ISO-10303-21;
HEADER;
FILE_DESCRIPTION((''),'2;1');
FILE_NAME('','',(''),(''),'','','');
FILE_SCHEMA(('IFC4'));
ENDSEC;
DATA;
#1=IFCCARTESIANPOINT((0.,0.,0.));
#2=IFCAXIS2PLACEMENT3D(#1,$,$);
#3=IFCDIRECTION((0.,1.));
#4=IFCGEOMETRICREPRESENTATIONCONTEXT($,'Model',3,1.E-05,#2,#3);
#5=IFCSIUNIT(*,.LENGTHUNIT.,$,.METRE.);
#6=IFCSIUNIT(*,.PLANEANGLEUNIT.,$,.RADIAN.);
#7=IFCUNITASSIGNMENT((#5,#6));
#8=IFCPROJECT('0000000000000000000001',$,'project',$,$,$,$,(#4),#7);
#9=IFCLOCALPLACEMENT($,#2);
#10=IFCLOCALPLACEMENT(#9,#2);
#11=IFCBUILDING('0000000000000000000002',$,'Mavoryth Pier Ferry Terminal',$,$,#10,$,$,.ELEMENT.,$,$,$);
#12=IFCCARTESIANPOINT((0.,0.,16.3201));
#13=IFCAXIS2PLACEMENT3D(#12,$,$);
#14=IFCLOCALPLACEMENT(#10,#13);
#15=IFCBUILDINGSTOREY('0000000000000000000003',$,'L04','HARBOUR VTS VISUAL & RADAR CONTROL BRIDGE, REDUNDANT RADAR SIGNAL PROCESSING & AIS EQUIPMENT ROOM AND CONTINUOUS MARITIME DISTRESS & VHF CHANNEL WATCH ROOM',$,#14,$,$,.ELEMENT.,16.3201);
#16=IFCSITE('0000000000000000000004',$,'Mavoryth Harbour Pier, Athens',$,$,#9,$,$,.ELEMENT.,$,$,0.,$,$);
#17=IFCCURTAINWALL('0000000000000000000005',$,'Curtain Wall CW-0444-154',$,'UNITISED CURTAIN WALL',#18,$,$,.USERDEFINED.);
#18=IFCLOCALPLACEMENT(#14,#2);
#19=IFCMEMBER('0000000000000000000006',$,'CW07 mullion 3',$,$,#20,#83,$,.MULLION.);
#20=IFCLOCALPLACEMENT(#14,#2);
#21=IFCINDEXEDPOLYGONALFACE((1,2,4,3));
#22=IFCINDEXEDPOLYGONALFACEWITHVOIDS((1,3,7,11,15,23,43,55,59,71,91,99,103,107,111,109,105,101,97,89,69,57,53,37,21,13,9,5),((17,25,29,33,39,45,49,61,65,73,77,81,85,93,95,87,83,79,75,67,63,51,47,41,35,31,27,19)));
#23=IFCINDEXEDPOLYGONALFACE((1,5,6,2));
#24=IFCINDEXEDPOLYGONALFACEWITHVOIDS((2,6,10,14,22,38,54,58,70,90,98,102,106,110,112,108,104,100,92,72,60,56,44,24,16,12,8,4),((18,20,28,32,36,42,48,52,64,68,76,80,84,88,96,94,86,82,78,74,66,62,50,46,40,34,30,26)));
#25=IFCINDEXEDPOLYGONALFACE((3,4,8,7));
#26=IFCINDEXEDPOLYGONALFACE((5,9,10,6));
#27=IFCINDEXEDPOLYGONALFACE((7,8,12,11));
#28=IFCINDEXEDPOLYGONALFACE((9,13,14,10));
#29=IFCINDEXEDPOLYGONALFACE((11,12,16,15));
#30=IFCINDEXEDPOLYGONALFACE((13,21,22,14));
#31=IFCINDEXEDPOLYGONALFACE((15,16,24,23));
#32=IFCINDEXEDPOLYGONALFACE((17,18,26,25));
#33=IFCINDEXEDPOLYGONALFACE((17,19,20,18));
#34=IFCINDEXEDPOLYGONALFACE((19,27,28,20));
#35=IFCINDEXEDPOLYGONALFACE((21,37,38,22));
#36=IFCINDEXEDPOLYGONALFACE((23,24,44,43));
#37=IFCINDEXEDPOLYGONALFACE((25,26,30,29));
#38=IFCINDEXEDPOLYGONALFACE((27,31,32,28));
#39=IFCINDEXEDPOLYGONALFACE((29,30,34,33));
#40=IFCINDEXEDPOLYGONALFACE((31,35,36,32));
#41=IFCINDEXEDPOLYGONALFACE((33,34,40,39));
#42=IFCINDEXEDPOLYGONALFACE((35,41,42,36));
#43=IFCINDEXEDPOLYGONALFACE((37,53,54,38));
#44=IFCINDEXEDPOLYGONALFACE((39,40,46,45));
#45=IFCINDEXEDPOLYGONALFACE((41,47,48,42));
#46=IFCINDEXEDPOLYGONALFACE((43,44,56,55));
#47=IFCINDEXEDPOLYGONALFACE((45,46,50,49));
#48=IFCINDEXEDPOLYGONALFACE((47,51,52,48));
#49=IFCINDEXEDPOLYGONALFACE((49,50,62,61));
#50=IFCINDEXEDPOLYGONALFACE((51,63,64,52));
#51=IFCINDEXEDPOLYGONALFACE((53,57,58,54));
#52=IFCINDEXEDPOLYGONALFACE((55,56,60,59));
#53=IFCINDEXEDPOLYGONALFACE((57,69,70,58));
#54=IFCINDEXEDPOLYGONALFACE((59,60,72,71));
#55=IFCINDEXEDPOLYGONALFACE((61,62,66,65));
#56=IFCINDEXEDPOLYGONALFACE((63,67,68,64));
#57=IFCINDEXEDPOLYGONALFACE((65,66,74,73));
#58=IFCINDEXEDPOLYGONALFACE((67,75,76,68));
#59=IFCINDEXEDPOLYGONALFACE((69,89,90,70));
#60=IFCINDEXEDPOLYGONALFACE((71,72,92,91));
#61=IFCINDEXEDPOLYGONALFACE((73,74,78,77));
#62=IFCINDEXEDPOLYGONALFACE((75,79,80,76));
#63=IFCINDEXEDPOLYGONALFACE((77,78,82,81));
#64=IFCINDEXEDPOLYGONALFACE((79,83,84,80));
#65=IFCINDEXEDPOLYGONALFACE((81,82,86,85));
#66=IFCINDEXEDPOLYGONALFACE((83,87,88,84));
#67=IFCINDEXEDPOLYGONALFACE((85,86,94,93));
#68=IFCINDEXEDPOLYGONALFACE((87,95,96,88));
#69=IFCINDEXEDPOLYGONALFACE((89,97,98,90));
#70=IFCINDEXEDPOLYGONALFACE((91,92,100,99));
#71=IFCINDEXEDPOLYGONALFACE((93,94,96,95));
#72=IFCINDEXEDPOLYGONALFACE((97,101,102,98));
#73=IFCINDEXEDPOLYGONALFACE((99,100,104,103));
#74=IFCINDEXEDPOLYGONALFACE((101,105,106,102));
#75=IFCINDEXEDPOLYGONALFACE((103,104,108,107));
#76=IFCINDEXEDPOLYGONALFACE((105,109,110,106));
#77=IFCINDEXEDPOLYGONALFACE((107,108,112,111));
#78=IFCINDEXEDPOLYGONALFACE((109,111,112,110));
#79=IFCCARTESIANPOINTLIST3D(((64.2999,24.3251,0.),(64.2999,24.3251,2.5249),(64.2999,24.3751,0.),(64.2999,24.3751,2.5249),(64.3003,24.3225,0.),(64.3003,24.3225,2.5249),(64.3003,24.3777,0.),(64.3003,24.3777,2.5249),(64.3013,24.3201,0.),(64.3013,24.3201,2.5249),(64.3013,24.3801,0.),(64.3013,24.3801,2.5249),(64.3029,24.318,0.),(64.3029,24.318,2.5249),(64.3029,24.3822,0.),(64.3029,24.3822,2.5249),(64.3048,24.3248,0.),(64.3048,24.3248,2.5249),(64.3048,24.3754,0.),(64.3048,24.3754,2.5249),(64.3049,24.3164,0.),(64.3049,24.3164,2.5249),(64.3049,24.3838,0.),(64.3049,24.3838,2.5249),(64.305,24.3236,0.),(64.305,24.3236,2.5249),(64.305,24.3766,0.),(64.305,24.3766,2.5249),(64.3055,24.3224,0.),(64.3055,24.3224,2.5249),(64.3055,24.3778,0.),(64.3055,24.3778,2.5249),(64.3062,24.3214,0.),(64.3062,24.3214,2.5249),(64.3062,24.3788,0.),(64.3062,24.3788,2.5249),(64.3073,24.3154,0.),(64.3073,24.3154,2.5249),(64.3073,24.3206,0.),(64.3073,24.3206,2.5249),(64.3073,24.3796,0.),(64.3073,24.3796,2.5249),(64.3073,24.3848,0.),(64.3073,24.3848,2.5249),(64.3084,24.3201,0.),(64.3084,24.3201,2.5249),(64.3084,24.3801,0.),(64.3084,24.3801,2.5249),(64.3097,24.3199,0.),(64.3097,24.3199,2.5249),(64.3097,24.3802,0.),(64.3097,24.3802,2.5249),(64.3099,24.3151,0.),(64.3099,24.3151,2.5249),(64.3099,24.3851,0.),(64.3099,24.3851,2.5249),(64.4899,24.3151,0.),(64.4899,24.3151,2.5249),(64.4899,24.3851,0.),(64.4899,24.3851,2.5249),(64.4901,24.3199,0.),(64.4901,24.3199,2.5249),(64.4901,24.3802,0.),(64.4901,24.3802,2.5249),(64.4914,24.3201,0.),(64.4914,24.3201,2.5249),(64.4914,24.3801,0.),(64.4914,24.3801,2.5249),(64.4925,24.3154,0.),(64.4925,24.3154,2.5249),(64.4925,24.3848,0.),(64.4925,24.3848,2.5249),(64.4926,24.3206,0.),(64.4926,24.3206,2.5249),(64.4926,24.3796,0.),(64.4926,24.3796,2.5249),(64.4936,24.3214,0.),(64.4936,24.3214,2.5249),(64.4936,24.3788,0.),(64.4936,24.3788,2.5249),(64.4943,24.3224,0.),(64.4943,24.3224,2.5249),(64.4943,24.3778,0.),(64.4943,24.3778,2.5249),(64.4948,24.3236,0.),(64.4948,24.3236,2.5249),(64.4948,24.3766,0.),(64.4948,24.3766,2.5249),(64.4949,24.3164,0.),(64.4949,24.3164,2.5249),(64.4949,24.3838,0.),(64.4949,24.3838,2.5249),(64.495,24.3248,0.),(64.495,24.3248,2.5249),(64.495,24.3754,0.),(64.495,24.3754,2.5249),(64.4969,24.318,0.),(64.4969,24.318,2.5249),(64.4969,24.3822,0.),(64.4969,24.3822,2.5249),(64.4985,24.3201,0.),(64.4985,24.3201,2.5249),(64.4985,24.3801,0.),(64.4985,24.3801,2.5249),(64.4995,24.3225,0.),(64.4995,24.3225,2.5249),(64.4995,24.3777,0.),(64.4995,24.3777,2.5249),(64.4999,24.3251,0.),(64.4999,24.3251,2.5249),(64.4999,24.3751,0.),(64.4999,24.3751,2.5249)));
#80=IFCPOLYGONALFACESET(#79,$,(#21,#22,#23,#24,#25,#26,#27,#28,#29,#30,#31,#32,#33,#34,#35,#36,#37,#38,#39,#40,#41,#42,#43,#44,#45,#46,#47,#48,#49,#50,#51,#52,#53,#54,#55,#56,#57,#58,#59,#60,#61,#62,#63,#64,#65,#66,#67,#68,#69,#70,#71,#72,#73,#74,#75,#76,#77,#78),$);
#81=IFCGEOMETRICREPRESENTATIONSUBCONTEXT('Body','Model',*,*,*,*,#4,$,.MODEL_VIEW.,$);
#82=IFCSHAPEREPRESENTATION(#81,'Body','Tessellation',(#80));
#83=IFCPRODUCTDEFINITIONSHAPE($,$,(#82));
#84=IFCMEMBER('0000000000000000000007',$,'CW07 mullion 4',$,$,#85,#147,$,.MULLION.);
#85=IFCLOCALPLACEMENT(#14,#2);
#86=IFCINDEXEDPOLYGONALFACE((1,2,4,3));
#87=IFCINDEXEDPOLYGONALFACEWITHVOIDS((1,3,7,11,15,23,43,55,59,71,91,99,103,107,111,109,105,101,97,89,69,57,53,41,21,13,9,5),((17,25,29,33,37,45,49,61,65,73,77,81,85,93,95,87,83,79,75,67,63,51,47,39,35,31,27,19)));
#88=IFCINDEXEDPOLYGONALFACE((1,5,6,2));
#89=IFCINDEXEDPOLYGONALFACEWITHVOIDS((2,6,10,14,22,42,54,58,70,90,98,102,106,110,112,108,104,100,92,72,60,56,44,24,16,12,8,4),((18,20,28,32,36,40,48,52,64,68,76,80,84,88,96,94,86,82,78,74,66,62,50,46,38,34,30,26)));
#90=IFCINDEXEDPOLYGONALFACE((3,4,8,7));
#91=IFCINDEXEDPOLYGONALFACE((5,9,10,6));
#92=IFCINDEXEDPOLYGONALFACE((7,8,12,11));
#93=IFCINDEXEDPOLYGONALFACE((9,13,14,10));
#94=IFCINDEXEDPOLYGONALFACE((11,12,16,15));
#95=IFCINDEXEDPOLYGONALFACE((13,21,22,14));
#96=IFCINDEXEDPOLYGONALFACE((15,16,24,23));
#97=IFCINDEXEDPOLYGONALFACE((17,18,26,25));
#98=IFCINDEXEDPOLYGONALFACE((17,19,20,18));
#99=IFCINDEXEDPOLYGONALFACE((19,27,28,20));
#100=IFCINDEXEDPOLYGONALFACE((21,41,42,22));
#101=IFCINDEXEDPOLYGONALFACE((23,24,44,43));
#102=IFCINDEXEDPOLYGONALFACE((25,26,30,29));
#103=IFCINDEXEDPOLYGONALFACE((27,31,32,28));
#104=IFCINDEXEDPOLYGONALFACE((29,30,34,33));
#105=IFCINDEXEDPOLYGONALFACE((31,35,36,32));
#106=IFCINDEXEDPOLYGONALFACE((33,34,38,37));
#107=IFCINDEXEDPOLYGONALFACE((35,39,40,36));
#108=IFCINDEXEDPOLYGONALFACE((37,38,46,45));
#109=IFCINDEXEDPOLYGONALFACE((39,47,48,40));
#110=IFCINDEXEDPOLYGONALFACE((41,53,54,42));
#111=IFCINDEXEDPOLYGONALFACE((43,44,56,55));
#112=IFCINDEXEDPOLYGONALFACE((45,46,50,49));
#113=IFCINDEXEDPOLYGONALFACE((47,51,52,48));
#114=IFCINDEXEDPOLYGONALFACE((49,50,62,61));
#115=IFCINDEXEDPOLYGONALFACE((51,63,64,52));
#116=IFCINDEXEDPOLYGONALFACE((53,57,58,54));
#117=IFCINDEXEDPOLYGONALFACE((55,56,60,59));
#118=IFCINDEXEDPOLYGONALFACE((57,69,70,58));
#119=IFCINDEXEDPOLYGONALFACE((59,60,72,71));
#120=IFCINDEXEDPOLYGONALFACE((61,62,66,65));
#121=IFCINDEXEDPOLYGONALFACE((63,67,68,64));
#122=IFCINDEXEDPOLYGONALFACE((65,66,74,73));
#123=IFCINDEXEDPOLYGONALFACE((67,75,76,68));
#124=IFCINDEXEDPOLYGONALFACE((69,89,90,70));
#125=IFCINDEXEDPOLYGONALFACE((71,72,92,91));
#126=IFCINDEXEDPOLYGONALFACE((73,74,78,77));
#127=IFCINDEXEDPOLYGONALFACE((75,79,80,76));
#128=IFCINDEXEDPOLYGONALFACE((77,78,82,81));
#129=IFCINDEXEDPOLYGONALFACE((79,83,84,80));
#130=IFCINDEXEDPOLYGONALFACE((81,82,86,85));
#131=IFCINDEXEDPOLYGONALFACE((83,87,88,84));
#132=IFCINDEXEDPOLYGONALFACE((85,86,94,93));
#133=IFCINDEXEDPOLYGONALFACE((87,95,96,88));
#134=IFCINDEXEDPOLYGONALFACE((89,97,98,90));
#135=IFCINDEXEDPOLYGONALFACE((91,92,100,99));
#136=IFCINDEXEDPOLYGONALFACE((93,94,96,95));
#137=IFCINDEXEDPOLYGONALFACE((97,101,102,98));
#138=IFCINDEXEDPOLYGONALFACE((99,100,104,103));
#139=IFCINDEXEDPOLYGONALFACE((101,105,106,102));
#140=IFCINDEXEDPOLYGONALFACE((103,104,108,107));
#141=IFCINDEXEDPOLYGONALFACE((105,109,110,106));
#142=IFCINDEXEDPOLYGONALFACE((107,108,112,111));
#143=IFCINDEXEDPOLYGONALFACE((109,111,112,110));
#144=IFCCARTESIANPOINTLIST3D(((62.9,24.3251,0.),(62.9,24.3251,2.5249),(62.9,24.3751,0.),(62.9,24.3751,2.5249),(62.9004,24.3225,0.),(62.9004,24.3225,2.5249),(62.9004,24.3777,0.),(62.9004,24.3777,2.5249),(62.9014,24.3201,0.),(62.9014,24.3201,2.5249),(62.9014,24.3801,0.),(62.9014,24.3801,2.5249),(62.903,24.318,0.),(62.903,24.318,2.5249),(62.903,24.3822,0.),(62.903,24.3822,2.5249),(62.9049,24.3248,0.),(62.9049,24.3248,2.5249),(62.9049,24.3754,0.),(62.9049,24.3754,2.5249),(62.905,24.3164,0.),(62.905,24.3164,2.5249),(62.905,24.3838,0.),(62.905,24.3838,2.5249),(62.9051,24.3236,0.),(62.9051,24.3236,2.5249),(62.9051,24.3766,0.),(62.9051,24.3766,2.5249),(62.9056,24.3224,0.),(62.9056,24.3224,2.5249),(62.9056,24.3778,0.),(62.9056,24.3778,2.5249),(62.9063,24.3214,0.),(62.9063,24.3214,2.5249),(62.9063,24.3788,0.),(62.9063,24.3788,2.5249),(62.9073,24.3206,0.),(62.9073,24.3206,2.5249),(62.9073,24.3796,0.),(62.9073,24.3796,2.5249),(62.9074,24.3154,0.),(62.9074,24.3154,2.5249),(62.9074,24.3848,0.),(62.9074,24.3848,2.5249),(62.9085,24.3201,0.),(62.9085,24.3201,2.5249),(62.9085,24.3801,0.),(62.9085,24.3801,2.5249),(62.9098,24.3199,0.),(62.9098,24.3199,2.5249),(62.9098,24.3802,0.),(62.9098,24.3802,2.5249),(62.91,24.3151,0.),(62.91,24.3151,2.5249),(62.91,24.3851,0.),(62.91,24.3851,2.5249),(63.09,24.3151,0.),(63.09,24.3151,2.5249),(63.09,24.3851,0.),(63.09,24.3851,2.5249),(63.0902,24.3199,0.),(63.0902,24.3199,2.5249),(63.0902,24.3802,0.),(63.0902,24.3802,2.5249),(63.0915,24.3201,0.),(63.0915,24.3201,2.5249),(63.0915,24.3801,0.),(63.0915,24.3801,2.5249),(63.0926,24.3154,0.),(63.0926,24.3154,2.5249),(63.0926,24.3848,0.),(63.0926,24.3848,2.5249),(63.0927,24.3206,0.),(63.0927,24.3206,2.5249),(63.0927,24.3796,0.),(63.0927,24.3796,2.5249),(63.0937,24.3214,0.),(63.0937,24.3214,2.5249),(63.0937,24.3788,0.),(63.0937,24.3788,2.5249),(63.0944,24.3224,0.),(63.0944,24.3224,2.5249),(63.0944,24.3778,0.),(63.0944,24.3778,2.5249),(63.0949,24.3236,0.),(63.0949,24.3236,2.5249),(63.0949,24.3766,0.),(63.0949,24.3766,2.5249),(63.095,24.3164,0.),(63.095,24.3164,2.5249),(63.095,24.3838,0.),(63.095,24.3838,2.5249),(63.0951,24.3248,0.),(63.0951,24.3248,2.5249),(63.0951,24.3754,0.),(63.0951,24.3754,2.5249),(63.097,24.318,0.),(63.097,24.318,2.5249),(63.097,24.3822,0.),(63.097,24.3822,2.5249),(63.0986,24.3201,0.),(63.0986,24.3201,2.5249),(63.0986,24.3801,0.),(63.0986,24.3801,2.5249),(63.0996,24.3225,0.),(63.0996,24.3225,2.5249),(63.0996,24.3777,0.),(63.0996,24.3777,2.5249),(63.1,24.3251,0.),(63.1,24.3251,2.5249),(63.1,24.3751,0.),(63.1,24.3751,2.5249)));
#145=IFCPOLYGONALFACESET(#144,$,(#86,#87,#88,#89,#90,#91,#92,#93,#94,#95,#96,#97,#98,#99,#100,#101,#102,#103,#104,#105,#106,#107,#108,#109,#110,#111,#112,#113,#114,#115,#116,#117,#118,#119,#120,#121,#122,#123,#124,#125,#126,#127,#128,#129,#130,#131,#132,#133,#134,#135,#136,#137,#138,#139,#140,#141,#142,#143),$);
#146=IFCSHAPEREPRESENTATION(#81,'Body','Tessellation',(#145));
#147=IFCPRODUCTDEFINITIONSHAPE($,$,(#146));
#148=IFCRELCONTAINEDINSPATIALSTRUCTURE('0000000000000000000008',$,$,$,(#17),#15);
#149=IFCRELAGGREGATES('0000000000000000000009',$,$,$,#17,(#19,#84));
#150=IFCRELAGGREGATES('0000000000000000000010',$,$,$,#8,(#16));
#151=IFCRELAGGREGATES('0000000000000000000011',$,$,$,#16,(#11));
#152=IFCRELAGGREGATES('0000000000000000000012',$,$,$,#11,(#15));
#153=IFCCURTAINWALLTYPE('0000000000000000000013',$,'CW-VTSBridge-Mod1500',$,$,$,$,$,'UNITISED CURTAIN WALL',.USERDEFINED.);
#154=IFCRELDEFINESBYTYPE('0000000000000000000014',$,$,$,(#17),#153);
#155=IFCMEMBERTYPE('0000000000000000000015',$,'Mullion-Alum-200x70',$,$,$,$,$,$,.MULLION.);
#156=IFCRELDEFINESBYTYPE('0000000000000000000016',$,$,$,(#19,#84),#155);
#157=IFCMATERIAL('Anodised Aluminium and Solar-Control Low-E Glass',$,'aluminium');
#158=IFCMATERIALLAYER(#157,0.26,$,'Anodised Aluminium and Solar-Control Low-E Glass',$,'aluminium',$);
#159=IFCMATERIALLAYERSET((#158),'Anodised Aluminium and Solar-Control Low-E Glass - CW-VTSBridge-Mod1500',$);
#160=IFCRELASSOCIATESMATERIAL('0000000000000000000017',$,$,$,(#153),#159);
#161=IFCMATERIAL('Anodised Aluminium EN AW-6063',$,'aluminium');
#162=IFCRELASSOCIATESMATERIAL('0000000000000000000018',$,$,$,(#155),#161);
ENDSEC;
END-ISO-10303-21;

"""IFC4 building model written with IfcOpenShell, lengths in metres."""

from ifc_helpers import new_model, si_unit, direction, frame, origin, origin_2d, place, context, subcontext, project, spatial, hollow_rectangle, extrude, material, layer, layer_set, material_profile, profile_set, type_object, element, aggregate, save


model = new_model("IFC4")

# Units and contexts
model_context = context("Model", 3, precision=1e-05, world=origin(), true_north=direction((0.0, 1.0)))
body_context = subcontext(model_context, "Body", "Model", "MODEL_VIEW")
ifc_project = project(units=[si_unit("LENGTHUNIT", "METRE"), si_unit("PLANEANGLEUNIT", "RADIAN")], contexts=[model_context])

# Site, building, storey
site_placement = place(None, origin())
site = spatial("IfcSite", under=ifc_project, at=site_placement, Name="Mavoryth Harbour Pier, Athens", CompositionType="ELEMENT", RefElevation=0.0)
building_placement = place(site_placement, origin())
building = spatial("IfcBuilding", under=site, at=building_placement, Name="Mavoryth Pier Ferry Terminal", CompositionType="ELEMENT")
storey_placement = place(building_placement, frame((0.0, 0.0, 16.3201)))
storey = spatial("IfcBuildingStorey", under=building, at=storey_placement, Name="L04", Description="HARBOUR VTS VISUAL & RADAR CONTROL BRIDGE, REDUNDANT RADAR SIGNAL PROCESSING & AIS EQUIPMENT ROOM AND CONTINUOUS MARITIME DISTRESS & VHF CHANNEL WATCH ROOM", CompositionType="ELEMENT", Elevation=16.3201)

# Curtain wall, members
ifc_material_1 = material(Name="Anodised Aluminium and Solar-Control Low-E Glass", Category="aluminium")
ifc_layer_1 = layer(ifc_material_1, 0.26, Name="Anodised Aluminium and Solar-Control Low-E Glass", Category="aluminium")
ifc_layer_set_1 = layer_set([ifc_layer_1], Name="Anodised Aluminium and Solar-Control Low-E Glass - CW-VTSBridge-Mod1500")
curtain_wall_type = type_object("IfcCurtainWallType", Name="CW-VTSBridge-Mod1500", ElementType="UNITISED CURTAIN WALL", PredefinedType="USERDEFINED", material=ifc_layer_set_1)
curtain_wall_placement = place(storey_placement, origin())
curtain_wall = element("IfcCurtainWall", 1, at=curtain_wall_placement, inside=storey, type_object=curtain_wall_type, Name="Curtain Wall CW-0444-154", ObjectType="UNITISED CURTAIN WALL", PredefinedType="USERDEFINED")
ifc_material_2 = material(Name="Anodised Aluminium EN AW-6063", Category="aluminium")
ifc_material_profile_1 = material_profile(ifc_material_2, hollow_rectangle(XDim=0.0701, YDim=0.2, WallThickness=0.0049, InnerFilletRadius=0.0049, OuterFilletRadius=0.01, at=origin_2d()), Name="AL-MULL 200x70x5", Category="aluminium")
ifc_profile_set_1 = profile_set([ifc_material_profile_1], Name="Anodised Aluminium EN AW-6063 - AL-MULL 200x70x5")
member_type_1 = type_object("IfcMemberType", Name="Mullion-Alum-200x70", PredefinedType="MULLION", material=ifc_profile_set_1)
member_1_placement = place(storey_placement, frame((64.3999, 24.3501, 0.0), z_axis=(0.0, 0.0, 1.0), x_axis=(0.0, -1.0, 0.0)))
member_1 = element("IfcMember", 2, at=member_1_placement, type_object=member_type_1, Name="CW07 mullion 3", PredefinedType="MULLION", context=body_context, shape_type="SweptSolid", body=[
    extrude(hollow_rectangle(XDim=0.0701, YDim=0.2, WallThickness=0.0049, InnerFilletRadius=0.0049, OuterFilletRadius=0.01, at=origin_2d()), origin(), (0.0, 0.0, 1.0), 2.5249),
])
member_2_placement = place(storey_placement, frame((63.0, 24.3501, 0.0), z_axis=(0.0, 0.0, 1.0), x_axis=(0.0, -1.0, 0.0)))
member_2 = element("IfcMember", 3, at=member_2_placement, type_object=member_type_1, Name="CW07 mullion 4", PredefinedType="MULLION", context=body_context, shape_type="SweptSolid", body=[
    extrude(hollow_rectangle(XDim=0.0701, YDim=0.2, WallThickness=0.0049, InnerFilletRadius=0.0049, OuterFilletRadius=0.01, at=origin_2d()), origin(), (0.0, 0.0, 1.0), 2.5249),
])
aggregate(curtain_wall, [member_1, member_2])

save(model, "model.ifc")
